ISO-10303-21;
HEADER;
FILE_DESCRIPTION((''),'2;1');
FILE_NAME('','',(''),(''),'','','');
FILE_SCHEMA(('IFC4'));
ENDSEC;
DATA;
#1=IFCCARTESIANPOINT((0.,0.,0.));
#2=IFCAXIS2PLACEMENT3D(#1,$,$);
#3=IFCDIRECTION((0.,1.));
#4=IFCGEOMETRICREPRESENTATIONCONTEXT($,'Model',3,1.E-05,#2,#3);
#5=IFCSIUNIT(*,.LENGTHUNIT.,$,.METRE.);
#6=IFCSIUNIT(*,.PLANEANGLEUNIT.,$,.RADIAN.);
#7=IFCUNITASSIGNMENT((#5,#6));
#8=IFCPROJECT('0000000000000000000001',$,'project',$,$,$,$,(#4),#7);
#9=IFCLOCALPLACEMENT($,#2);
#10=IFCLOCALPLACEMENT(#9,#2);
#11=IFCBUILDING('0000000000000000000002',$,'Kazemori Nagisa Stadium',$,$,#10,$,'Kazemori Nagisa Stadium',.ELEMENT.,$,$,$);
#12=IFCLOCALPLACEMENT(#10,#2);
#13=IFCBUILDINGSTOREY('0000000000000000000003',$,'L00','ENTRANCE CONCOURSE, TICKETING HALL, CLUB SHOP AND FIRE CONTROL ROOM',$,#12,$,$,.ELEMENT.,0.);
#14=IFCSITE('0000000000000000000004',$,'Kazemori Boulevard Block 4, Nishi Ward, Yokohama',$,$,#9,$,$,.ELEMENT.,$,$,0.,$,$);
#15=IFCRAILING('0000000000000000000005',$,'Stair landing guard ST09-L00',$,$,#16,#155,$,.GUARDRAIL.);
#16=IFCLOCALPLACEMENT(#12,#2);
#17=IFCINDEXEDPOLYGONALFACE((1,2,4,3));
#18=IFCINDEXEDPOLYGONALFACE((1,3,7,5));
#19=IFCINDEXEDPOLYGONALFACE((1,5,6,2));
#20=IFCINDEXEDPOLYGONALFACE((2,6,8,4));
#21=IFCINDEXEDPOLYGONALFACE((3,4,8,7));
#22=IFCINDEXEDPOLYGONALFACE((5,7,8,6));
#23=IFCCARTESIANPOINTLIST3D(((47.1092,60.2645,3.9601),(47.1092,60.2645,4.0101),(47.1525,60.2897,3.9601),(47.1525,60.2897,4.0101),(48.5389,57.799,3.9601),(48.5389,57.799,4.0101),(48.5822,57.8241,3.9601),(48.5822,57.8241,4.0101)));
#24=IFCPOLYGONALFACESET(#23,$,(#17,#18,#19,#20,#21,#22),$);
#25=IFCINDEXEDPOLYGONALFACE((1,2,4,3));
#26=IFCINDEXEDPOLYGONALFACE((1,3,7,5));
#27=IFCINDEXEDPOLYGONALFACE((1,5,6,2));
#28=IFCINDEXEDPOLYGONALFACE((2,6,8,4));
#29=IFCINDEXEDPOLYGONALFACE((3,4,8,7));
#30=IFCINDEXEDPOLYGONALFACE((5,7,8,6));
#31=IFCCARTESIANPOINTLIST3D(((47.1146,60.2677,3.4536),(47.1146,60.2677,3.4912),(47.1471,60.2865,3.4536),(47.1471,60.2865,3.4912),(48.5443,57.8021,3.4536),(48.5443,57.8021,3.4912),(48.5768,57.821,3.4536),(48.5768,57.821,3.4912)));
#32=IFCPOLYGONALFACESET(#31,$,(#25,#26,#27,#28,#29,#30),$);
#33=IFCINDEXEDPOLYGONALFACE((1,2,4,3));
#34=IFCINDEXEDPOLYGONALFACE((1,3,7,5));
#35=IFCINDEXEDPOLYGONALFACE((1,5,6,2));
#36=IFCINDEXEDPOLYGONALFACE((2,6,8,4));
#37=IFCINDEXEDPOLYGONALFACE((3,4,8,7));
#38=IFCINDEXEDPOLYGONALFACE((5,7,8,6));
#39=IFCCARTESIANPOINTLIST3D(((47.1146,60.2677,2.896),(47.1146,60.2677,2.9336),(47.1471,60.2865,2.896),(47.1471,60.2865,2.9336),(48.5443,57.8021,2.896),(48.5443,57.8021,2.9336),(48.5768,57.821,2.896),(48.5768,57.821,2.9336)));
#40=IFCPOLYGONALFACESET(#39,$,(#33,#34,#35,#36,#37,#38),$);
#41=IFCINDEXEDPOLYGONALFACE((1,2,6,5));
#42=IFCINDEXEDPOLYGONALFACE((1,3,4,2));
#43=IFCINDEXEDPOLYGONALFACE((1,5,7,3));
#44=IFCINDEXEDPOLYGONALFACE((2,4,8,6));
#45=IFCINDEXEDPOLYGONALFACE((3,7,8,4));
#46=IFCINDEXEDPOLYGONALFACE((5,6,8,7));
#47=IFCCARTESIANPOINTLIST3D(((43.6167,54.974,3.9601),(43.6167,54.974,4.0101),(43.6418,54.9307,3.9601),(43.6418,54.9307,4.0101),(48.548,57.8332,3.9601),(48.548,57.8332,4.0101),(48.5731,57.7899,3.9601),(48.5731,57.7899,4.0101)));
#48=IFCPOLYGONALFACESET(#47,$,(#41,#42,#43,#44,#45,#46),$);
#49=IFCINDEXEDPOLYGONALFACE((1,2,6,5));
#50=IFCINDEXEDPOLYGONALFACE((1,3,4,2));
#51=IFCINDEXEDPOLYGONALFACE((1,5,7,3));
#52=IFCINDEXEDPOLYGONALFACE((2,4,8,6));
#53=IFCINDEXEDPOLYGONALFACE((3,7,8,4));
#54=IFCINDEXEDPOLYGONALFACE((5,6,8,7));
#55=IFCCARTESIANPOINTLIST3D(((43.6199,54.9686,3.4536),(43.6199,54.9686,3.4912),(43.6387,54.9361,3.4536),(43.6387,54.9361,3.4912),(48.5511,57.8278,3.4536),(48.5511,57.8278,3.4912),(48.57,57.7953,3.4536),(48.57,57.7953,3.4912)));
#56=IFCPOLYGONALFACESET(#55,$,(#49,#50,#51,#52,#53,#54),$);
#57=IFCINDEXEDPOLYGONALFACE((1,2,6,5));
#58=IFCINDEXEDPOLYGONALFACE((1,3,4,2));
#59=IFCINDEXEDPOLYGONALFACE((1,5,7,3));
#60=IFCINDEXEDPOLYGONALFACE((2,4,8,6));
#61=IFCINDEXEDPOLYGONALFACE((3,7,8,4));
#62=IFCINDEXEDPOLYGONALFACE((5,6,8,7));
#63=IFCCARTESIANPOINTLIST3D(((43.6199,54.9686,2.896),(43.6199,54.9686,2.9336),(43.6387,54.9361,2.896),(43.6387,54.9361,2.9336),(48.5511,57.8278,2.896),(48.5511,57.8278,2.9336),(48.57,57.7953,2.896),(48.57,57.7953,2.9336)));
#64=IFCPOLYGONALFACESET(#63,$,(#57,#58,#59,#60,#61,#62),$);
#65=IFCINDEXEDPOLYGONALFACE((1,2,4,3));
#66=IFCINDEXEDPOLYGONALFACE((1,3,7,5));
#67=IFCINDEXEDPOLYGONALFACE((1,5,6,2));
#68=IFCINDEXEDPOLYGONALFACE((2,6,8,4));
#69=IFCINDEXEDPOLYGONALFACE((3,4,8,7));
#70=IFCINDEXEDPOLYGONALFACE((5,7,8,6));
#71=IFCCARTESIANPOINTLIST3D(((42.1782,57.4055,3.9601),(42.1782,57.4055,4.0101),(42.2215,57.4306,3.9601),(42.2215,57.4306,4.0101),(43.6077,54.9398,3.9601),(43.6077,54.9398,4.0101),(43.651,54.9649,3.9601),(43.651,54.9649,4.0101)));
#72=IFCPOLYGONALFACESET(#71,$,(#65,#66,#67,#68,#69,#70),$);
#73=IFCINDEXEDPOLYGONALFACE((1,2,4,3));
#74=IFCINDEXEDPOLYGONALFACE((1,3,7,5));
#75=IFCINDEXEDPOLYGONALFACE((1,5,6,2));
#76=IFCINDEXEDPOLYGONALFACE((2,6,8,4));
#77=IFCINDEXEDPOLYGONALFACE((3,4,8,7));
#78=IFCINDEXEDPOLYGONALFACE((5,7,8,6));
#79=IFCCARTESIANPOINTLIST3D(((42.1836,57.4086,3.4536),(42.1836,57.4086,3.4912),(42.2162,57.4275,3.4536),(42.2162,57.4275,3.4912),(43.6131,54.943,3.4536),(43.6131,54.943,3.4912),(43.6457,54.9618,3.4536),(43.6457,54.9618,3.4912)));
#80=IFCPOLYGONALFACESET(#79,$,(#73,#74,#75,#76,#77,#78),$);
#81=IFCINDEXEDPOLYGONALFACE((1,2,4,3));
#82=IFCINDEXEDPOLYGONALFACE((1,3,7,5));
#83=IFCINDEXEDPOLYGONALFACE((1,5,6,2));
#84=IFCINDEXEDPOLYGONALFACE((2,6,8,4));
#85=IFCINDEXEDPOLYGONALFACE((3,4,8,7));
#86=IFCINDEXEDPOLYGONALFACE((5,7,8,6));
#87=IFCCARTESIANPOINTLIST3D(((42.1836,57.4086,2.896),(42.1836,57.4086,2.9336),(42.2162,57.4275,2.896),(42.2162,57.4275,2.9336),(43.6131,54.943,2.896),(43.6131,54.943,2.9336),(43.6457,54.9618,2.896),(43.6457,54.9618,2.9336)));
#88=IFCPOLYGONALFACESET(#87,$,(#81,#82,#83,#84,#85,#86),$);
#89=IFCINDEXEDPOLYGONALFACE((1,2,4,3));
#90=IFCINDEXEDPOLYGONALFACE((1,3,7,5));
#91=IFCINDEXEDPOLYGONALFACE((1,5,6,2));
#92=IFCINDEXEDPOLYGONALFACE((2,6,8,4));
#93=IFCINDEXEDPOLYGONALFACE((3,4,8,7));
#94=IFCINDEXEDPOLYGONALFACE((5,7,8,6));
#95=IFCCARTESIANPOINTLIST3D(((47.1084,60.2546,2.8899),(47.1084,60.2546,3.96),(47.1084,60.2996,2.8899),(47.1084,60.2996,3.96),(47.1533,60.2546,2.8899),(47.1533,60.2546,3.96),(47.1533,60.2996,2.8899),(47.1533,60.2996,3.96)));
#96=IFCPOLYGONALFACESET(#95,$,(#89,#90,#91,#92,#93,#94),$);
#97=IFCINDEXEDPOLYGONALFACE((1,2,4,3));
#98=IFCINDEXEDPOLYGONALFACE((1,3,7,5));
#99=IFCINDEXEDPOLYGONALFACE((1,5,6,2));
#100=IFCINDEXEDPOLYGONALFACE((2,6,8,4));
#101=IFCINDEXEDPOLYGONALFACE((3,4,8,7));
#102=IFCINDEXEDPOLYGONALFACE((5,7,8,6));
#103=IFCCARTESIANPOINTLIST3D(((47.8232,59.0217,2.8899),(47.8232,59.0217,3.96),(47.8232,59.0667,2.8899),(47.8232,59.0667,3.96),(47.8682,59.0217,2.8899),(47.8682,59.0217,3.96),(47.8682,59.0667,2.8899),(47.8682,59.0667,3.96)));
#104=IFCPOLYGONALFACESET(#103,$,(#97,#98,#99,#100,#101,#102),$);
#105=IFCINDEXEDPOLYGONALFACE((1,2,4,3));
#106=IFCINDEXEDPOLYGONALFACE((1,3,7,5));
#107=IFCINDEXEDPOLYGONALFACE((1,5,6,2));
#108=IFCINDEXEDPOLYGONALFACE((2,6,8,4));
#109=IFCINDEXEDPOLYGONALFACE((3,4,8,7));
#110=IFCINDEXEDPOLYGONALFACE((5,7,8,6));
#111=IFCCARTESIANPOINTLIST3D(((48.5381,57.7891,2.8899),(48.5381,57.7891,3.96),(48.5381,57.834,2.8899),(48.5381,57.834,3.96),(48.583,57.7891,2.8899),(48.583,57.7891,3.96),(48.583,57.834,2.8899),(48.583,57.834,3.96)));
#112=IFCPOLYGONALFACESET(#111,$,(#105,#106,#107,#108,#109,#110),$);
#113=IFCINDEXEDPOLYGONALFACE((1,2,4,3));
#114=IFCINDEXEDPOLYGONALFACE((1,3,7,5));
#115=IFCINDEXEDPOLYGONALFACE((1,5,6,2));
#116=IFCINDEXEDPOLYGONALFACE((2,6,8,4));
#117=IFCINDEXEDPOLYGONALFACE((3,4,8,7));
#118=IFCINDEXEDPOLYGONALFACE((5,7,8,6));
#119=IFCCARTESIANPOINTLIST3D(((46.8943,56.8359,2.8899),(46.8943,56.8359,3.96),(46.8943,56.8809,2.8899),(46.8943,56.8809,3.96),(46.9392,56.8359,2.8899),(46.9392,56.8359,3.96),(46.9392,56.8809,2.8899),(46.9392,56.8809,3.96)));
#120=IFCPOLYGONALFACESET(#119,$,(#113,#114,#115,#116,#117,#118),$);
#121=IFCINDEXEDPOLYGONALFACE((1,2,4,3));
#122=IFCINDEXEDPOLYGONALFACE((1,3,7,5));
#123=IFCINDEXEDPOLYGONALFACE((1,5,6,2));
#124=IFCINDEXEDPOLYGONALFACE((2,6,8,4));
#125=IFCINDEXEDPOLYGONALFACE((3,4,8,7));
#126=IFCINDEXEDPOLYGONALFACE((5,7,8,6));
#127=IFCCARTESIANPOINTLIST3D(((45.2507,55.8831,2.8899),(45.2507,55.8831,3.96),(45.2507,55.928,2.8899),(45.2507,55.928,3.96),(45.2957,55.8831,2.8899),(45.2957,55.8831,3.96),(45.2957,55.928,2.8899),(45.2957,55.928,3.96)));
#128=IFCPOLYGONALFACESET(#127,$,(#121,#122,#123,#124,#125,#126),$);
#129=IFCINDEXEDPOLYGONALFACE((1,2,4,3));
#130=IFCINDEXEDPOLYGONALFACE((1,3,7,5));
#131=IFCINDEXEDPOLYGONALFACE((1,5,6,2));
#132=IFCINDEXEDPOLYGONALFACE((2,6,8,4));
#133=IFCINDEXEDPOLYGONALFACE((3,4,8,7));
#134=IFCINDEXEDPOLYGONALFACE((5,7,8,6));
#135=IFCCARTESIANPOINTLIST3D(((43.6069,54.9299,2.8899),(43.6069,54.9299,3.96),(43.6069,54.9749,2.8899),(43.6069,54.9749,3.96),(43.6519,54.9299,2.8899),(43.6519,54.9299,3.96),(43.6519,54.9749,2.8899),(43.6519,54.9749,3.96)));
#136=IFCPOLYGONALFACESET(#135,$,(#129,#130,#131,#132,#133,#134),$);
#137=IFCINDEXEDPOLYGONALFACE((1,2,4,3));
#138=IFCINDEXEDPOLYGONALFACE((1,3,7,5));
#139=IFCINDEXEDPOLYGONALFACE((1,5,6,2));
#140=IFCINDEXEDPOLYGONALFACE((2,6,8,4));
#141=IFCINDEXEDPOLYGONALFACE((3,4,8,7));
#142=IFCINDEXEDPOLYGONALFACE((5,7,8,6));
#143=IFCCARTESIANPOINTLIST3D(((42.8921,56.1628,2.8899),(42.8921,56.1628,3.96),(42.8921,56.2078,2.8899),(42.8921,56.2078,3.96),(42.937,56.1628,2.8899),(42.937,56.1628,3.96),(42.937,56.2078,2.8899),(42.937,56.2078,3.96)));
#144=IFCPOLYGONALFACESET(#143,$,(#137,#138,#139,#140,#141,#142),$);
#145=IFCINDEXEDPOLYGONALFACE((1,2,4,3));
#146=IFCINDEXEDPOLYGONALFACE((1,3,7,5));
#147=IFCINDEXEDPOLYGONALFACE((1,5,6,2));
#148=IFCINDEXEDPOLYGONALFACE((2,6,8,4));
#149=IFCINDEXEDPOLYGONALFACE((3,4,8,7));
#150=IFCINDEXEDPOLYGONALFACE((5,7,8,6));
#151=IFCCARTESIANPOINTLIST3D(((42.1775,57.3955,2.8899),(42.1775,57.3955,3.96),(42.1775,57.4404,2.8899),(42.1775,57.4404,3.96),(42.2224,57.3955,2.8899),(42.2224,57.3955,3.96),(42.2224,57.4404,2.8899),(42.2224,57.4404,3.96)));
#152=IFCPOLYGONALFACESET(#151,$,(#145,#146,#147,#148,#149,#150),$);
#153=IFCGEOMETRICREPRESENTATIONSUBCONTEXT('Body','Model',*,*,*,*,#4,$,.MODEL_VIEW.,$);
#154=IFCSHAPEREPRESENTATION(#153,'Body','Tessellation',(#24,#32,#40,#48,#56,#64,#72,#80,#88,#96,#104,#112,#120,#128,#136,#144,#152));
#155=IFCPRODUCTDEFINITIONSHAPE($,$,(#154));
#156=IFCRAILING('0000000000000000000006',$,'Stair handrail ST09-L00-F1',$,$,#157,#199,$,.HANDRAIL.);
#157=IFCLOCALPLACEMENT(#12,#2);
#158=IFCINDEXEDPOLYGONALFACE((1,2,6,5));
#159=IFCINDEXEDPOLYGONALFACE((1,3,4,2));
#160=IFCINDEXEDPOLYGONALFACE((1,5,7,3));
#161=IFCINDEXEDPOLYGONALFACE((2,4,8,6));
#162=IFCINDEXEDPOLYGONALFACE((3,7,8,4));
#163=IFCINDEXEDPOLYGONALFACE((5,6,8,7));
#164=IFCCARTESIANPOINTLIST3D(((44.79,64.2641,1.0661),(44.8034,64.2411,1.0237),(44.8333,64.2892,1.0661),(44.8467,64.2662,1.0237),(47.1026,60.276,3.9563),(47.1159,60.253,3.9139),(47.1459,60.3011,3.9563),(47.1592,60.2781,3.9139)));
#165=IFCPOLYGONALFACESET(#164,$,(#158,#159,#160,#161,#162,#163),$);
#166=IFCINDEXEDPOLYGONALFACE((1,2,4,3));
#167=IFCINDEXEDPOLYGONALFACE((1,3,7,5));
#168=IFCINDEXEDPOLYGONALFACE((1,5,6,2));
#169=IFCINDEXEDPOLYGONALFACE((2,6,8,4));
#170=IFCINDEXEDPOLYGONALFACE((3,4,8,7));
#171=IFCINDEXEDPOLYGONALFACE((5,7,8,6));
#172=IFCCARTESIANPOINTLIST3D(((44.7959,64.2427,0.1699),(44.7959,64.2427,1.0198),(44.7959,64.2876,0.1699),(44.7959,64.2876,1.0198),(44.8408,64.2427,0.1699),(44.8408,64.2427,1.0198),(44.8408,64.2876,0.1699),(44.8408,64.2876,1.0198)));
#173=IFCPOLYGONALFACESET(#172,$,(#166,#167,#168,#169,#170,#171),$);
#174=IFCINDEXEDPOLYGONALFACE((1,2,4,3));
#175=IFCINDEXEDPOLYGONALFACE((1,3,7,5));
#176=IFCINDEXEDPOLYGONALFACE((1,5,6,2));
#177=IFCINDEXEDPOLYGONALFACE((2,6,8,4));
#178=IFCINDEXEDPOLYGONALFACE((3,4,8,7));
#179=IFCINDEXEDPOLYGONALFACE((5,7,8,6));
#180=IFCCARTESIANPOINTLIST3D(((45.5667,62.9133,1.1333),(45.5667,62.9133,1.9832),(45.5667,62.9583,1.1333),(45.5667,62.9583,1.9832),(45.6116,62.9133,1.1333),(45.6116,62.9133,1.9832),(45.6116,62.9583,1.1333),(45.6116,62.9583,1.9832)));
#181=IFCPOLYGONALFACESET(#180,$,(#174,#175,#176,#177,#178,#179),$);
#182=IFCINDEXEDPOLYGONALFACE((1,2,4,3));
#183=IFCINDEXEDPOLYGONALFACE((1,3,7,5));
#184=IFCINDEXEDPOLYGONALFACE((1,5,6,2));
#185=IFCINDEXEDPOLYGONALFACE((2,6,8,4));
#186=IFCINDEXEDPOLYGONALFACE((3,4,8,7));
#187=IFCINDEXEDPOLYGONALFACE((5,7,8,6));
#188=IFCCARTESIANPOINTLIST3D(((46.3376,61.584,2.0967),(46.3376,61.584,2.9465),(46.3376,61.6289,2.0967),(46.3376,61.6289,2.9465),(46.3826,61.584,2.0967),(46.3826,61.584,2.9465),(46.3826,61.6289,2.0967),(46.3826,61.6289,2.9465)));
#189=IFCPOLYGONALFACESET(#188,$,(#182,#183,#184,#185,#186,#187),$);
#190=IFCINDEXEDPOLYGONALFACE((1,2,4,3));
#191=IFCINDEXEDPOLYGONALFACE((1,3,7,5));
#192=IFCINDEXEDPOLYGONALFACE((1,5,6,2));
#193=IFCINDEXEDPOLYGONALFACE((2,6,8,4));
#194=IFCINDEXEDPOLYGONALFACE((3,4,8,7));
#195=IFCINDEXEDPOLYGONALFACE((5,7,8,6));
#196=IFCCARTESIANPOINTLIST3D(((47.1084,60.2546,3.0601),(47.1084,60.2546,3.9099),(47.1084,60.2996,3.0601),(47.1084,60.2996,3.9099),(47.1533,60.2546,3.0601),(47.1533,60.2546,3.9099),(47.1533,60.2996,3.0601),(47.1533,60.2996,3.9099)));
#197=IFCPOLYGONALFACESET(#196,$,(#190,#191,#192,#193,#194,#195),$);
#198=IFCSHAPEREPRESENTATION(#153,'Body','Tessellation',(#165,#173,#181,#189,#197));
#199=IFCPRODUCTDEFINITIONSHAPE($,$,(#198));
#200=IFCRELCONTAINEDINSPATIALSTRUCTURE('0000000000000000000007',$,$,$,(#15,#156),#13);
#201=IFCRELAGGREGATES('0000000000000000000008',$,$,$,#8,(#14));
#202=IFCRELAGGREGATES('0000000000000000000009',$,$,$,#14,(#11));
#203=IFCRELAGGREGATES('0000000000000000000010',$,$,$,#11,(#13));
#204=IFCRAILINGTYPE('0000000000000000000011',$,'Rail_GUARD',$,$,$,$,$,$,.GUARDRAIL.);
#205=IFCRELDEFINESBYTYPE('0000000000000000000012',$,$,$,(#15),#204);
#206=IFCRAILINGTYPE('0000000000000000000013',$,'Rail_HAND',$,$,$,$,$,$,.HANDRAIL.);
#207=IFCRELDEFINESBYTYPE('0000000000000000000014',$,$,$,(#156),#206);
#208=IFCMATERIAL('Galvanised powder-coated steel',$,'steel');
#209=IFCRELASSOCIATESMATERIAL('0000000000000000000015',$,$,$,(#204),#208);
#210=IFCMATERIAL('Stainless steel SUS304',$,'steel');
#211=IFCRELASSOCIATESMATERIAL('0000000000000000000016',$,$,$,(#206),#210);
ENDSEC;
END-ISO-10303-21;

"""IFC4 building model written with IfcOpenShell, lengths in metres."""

from ifc_helpers import new_model, si_unit, direction, frame, origin, origin_2d, place, context, subcontext, project, spatial, rectangle, extrude, material, type_object, element, save


model = new_model("IFC4")

# Units and contexts
model_context = context("Model", 3, precision=1e-05, world=origin(), true_north=direction((0.0, 1.0)))
body_context = subcontext(model_context, "Body", "Model", "MODEL_VIEW")
ifc_project = project(units=[si_unit("LENGTHUNIT", "METRE"), si_unit("PLANEANGLEUNIT", "RADIAN")], contexts=[model_context])

# Site, building, storey
site_placement = place(None, origin())
site = spatial("IfcSite", under=ifc_project, at=site_placement, Name="Kazemori Boulevard Block 4, Nishi Ward, Yokohama", CompositionType="ELEMENT", RefElevation=0.0)
building_placement = place(site_placement, origin())
building = spatial("IfcBuilding", under=site, at=building_placement, Name="Kazemori Nagisa Stadium", LongName="Kazemori Nagisa Stadium", CompositionType="ELEMENT")
storey_placement = place(building_placement, origin())
storey = spatial("IfcBuildingStorey", under=building, at=storey_placement, Name="L00", Description="ENTRANCE CONCOURSE, TICKETING HALL, CLUB SHOP AND FIRE CONTROL ROOM", CompositionType="ELEMENT", Elevation=0.0)

# Shared definitions
ifc_material_1 = material(Name="Stainless steel SUS304", Category="steel")

# Railings
ifc_material_2 = material(Name="Galvanised powder-coated steel", Category="steel")
railing_type_1 = type_object("IfcRailingType", Name="Rail_GUARD", PredefinedType="GUARDRAIL", material=ifc_material_2)
railing_1_placement = place(storey_placement, frame((47.1309, 60.2771, 2.8899)))
element("IfcRailing", 1, at=railing_1_placement, inside=storey, type_object=railing_type_1, Name="Stair landing guard ST09-L00", PredefinedType="GUARDRAIL", context=body_context, shape_type="SweptSolid", body=[
    extrude(rectangle(XDim=0.05, YDim=0.05, at=origin_2d()), frame((0.0, 0.0, 1.0952), z_axis=(0.501627, -0.865084, 0.0), x_axis=(0.865084, 0.501627, 0.0)), (0.0, 0.0, 1.0), 2.8501),
    extrude(rectangle(XDim=0.0376, YDim=0.0376, at=origin_2d()), frame((0.0, 0.0, 0.5825), z_axis=(0.501627, -0.865084, 0.0), x_axis=(0.865084, 0.501627, 0.0)), (0.0, 0.0, 1.0), 2.8501),
    extrude(rectangle(XDim=0.0376, YDim=0.0376, at=origin_2d()), frame((0.0, 0.0, 0.0249), z_axis=(0.501627, -0.865084, 0.0), x_axis=(0.865084, 0.501627, 0.0)), (0.0, 0.0, 1.0), 2.8501),
    extrude(rectangle(XDim=0.05, YDim=0.05, at=origin_2d()), frame((1.4297, -2.4656, 1.0952), z_axis=(-0.865103, -0.501595, 0.0), x_axis=(0.501595, -0.865103, 0.0)), (0.0, 0.0, 1.0), 5.7002),
    extrude(rectangle(XDim=0.0376, YDim=0.0376, at=origin_2d()), frame((1.4297, -2.4656, 0.5825), z_axis=(-0.865103, -0.501595, 0.0), x_axis=(0.501595, -0.865103, 0.0)), (0.0, 0.0, 1.0), 5.7002),
    extrude(rectangle(XDim=0.0376, YDim=0.0376, at=origin_2d()), frame((1.4297, -2.4656, 0.0249), z_axis=(-0.865103, -0.501595, 0.0), x_axis=(0.501595, -0.865103, 0.0)), (0.0, 0.0, 1.0), 5.7002),
    extrude(rectangle(XDim=0.05, YDim=0.05, at=origin_2d()), frame((-3.5015, -5.3247, 1.0952), z_axis=(-0.501563, 0.865121, 0.0), x_axis=(-0.865121, -0.501563, 0.0)), (0.0, 0.0, 1.0), 2.8501),
    extrude(rectangle(XDim=0.0376, YDim=0.0376, at=origin_2d()), frame((-3.5015, -5.3247, 0.5825), z_axis=(-0.501563, 0.865121, 0.0), x_axis=(-0.865121, -0.501563, 0.0)), (0.0, 0.0, 1.0), 2.8501),
    extrude(rectangle(XDim=0.0376, YDim=0.0376, at=origin_2d()), frame((-3.5015, -5.3247, 0.0249), z_axis=(-0.501563, 0.865121, 0.0), x_axis=(-0.865121, -0.501563, 0.0)), (0.0, 0.0, 1.0), 2.8501),
    extrude(rectangle(XDim=0.0449, YDim=0.0449, at=origin_2d()), origin(), (0.0, 0.0, 1.0), 1.0701),
    extrude(rectangle(XDim=0.0449, YDim=0.0449, at=origin_2d()), frame((0.7148, -1.2329, 0.0)), (0.0, 0.0, 1.0), 1.0701),
    extrude(rectangle(XDim=0.0449, YDim=0.0449, at=origin_2d()), frame((1.4297, -2.4656, 0.0)), (0.0, 0.0, 1.0), 1.0701),
    extrude(rectangle(XDim=0.0449, YDim=0.0449, at=origin_2d()), frame((-0.2141, -3.4187, 0.0)), (0.0, 0.0, 1.0), 1.0701),
    extrude(rectangle(XDim=0.0449, YDim=0.0449, at=origin_2d()), frame((-1.8577, -4.3716, 0.0)), (0.0, 0.0, 1.0), 1.0701),
    extrude(rectangle(XDim=0.0449, YDim=0.0449, at=origin_2d()), frame((-3.5015, -5.3247, 0.0)), (0.0, 0.0, 1.0), 1.0701),
    extrude(rectangle(XDim=0.0449, YDim=0.0449, at=origin_2d()), frame((-4.2163, -4.0918, 0.0)), (0.0, 0.0, 1.0), 1.0701),
    extrude(rectangle(XDim=0.0449, YDim=0.0449, at=origin_2d()), frame((-4.9309, -2.8591, 0.0)), (0.0, 0.0, 1.0), 1.0701),
])
railing_type_2 = type_object("IfcRailingType", Name="Rail_HAND", PredefinedType="HANDRAIL", material=ifc_material_1)
railing_2_placement = place(storey_placement, frame((44.8184, 64.2651, 0.1699)))
element("IfcRailing", 2, at=railing_2_placement, inside=storey, type_object=railing_type_2, Name="Stair handrail ST09-L00-F1", PredefinedType="HANDRAIL", context=body_context, shape_type="SweptSolid", body=[
    extrude(rectangle(XDim=0.05, YDim=0.05, at=origin_2d()), frame((0.0, 0.0, 0.875), z_axis=(0.42501, -0.732954, 0.531173), x_axis=(0.865084, 0.501627, 0.0)), (0.0, 0.0, 1.0), 5.4412),
    extrude(rectangle(XDim=0.0449, YDim=0.0449, at=origin_2d()), origin(), (0.0, 0.0, 1.0), 0.8499),
    extrude(rectangle(XDim=0.0449, YDim=0.0449, at=origin_2d()), frame((0.7708, -1.3293, 0.9634)), (0.0, 0.0, 1.0), 0.8499),
    extrude(rectangle(XDim=0.0449, YDim=0.0449, at=origin_2d()), frame((1.5417, -2.6587, 1.9268)), (0.0, 0.0, 1.0), 0.8499),
    extrude(rectangle(XDim=0.0449, YDim=0.0449, at=origin_2d()), frame((2.3125, -3.988, 2.8901)), (0.0, 0.0, 1.0), 0.8499),
])

save(model, "model.ifc")
